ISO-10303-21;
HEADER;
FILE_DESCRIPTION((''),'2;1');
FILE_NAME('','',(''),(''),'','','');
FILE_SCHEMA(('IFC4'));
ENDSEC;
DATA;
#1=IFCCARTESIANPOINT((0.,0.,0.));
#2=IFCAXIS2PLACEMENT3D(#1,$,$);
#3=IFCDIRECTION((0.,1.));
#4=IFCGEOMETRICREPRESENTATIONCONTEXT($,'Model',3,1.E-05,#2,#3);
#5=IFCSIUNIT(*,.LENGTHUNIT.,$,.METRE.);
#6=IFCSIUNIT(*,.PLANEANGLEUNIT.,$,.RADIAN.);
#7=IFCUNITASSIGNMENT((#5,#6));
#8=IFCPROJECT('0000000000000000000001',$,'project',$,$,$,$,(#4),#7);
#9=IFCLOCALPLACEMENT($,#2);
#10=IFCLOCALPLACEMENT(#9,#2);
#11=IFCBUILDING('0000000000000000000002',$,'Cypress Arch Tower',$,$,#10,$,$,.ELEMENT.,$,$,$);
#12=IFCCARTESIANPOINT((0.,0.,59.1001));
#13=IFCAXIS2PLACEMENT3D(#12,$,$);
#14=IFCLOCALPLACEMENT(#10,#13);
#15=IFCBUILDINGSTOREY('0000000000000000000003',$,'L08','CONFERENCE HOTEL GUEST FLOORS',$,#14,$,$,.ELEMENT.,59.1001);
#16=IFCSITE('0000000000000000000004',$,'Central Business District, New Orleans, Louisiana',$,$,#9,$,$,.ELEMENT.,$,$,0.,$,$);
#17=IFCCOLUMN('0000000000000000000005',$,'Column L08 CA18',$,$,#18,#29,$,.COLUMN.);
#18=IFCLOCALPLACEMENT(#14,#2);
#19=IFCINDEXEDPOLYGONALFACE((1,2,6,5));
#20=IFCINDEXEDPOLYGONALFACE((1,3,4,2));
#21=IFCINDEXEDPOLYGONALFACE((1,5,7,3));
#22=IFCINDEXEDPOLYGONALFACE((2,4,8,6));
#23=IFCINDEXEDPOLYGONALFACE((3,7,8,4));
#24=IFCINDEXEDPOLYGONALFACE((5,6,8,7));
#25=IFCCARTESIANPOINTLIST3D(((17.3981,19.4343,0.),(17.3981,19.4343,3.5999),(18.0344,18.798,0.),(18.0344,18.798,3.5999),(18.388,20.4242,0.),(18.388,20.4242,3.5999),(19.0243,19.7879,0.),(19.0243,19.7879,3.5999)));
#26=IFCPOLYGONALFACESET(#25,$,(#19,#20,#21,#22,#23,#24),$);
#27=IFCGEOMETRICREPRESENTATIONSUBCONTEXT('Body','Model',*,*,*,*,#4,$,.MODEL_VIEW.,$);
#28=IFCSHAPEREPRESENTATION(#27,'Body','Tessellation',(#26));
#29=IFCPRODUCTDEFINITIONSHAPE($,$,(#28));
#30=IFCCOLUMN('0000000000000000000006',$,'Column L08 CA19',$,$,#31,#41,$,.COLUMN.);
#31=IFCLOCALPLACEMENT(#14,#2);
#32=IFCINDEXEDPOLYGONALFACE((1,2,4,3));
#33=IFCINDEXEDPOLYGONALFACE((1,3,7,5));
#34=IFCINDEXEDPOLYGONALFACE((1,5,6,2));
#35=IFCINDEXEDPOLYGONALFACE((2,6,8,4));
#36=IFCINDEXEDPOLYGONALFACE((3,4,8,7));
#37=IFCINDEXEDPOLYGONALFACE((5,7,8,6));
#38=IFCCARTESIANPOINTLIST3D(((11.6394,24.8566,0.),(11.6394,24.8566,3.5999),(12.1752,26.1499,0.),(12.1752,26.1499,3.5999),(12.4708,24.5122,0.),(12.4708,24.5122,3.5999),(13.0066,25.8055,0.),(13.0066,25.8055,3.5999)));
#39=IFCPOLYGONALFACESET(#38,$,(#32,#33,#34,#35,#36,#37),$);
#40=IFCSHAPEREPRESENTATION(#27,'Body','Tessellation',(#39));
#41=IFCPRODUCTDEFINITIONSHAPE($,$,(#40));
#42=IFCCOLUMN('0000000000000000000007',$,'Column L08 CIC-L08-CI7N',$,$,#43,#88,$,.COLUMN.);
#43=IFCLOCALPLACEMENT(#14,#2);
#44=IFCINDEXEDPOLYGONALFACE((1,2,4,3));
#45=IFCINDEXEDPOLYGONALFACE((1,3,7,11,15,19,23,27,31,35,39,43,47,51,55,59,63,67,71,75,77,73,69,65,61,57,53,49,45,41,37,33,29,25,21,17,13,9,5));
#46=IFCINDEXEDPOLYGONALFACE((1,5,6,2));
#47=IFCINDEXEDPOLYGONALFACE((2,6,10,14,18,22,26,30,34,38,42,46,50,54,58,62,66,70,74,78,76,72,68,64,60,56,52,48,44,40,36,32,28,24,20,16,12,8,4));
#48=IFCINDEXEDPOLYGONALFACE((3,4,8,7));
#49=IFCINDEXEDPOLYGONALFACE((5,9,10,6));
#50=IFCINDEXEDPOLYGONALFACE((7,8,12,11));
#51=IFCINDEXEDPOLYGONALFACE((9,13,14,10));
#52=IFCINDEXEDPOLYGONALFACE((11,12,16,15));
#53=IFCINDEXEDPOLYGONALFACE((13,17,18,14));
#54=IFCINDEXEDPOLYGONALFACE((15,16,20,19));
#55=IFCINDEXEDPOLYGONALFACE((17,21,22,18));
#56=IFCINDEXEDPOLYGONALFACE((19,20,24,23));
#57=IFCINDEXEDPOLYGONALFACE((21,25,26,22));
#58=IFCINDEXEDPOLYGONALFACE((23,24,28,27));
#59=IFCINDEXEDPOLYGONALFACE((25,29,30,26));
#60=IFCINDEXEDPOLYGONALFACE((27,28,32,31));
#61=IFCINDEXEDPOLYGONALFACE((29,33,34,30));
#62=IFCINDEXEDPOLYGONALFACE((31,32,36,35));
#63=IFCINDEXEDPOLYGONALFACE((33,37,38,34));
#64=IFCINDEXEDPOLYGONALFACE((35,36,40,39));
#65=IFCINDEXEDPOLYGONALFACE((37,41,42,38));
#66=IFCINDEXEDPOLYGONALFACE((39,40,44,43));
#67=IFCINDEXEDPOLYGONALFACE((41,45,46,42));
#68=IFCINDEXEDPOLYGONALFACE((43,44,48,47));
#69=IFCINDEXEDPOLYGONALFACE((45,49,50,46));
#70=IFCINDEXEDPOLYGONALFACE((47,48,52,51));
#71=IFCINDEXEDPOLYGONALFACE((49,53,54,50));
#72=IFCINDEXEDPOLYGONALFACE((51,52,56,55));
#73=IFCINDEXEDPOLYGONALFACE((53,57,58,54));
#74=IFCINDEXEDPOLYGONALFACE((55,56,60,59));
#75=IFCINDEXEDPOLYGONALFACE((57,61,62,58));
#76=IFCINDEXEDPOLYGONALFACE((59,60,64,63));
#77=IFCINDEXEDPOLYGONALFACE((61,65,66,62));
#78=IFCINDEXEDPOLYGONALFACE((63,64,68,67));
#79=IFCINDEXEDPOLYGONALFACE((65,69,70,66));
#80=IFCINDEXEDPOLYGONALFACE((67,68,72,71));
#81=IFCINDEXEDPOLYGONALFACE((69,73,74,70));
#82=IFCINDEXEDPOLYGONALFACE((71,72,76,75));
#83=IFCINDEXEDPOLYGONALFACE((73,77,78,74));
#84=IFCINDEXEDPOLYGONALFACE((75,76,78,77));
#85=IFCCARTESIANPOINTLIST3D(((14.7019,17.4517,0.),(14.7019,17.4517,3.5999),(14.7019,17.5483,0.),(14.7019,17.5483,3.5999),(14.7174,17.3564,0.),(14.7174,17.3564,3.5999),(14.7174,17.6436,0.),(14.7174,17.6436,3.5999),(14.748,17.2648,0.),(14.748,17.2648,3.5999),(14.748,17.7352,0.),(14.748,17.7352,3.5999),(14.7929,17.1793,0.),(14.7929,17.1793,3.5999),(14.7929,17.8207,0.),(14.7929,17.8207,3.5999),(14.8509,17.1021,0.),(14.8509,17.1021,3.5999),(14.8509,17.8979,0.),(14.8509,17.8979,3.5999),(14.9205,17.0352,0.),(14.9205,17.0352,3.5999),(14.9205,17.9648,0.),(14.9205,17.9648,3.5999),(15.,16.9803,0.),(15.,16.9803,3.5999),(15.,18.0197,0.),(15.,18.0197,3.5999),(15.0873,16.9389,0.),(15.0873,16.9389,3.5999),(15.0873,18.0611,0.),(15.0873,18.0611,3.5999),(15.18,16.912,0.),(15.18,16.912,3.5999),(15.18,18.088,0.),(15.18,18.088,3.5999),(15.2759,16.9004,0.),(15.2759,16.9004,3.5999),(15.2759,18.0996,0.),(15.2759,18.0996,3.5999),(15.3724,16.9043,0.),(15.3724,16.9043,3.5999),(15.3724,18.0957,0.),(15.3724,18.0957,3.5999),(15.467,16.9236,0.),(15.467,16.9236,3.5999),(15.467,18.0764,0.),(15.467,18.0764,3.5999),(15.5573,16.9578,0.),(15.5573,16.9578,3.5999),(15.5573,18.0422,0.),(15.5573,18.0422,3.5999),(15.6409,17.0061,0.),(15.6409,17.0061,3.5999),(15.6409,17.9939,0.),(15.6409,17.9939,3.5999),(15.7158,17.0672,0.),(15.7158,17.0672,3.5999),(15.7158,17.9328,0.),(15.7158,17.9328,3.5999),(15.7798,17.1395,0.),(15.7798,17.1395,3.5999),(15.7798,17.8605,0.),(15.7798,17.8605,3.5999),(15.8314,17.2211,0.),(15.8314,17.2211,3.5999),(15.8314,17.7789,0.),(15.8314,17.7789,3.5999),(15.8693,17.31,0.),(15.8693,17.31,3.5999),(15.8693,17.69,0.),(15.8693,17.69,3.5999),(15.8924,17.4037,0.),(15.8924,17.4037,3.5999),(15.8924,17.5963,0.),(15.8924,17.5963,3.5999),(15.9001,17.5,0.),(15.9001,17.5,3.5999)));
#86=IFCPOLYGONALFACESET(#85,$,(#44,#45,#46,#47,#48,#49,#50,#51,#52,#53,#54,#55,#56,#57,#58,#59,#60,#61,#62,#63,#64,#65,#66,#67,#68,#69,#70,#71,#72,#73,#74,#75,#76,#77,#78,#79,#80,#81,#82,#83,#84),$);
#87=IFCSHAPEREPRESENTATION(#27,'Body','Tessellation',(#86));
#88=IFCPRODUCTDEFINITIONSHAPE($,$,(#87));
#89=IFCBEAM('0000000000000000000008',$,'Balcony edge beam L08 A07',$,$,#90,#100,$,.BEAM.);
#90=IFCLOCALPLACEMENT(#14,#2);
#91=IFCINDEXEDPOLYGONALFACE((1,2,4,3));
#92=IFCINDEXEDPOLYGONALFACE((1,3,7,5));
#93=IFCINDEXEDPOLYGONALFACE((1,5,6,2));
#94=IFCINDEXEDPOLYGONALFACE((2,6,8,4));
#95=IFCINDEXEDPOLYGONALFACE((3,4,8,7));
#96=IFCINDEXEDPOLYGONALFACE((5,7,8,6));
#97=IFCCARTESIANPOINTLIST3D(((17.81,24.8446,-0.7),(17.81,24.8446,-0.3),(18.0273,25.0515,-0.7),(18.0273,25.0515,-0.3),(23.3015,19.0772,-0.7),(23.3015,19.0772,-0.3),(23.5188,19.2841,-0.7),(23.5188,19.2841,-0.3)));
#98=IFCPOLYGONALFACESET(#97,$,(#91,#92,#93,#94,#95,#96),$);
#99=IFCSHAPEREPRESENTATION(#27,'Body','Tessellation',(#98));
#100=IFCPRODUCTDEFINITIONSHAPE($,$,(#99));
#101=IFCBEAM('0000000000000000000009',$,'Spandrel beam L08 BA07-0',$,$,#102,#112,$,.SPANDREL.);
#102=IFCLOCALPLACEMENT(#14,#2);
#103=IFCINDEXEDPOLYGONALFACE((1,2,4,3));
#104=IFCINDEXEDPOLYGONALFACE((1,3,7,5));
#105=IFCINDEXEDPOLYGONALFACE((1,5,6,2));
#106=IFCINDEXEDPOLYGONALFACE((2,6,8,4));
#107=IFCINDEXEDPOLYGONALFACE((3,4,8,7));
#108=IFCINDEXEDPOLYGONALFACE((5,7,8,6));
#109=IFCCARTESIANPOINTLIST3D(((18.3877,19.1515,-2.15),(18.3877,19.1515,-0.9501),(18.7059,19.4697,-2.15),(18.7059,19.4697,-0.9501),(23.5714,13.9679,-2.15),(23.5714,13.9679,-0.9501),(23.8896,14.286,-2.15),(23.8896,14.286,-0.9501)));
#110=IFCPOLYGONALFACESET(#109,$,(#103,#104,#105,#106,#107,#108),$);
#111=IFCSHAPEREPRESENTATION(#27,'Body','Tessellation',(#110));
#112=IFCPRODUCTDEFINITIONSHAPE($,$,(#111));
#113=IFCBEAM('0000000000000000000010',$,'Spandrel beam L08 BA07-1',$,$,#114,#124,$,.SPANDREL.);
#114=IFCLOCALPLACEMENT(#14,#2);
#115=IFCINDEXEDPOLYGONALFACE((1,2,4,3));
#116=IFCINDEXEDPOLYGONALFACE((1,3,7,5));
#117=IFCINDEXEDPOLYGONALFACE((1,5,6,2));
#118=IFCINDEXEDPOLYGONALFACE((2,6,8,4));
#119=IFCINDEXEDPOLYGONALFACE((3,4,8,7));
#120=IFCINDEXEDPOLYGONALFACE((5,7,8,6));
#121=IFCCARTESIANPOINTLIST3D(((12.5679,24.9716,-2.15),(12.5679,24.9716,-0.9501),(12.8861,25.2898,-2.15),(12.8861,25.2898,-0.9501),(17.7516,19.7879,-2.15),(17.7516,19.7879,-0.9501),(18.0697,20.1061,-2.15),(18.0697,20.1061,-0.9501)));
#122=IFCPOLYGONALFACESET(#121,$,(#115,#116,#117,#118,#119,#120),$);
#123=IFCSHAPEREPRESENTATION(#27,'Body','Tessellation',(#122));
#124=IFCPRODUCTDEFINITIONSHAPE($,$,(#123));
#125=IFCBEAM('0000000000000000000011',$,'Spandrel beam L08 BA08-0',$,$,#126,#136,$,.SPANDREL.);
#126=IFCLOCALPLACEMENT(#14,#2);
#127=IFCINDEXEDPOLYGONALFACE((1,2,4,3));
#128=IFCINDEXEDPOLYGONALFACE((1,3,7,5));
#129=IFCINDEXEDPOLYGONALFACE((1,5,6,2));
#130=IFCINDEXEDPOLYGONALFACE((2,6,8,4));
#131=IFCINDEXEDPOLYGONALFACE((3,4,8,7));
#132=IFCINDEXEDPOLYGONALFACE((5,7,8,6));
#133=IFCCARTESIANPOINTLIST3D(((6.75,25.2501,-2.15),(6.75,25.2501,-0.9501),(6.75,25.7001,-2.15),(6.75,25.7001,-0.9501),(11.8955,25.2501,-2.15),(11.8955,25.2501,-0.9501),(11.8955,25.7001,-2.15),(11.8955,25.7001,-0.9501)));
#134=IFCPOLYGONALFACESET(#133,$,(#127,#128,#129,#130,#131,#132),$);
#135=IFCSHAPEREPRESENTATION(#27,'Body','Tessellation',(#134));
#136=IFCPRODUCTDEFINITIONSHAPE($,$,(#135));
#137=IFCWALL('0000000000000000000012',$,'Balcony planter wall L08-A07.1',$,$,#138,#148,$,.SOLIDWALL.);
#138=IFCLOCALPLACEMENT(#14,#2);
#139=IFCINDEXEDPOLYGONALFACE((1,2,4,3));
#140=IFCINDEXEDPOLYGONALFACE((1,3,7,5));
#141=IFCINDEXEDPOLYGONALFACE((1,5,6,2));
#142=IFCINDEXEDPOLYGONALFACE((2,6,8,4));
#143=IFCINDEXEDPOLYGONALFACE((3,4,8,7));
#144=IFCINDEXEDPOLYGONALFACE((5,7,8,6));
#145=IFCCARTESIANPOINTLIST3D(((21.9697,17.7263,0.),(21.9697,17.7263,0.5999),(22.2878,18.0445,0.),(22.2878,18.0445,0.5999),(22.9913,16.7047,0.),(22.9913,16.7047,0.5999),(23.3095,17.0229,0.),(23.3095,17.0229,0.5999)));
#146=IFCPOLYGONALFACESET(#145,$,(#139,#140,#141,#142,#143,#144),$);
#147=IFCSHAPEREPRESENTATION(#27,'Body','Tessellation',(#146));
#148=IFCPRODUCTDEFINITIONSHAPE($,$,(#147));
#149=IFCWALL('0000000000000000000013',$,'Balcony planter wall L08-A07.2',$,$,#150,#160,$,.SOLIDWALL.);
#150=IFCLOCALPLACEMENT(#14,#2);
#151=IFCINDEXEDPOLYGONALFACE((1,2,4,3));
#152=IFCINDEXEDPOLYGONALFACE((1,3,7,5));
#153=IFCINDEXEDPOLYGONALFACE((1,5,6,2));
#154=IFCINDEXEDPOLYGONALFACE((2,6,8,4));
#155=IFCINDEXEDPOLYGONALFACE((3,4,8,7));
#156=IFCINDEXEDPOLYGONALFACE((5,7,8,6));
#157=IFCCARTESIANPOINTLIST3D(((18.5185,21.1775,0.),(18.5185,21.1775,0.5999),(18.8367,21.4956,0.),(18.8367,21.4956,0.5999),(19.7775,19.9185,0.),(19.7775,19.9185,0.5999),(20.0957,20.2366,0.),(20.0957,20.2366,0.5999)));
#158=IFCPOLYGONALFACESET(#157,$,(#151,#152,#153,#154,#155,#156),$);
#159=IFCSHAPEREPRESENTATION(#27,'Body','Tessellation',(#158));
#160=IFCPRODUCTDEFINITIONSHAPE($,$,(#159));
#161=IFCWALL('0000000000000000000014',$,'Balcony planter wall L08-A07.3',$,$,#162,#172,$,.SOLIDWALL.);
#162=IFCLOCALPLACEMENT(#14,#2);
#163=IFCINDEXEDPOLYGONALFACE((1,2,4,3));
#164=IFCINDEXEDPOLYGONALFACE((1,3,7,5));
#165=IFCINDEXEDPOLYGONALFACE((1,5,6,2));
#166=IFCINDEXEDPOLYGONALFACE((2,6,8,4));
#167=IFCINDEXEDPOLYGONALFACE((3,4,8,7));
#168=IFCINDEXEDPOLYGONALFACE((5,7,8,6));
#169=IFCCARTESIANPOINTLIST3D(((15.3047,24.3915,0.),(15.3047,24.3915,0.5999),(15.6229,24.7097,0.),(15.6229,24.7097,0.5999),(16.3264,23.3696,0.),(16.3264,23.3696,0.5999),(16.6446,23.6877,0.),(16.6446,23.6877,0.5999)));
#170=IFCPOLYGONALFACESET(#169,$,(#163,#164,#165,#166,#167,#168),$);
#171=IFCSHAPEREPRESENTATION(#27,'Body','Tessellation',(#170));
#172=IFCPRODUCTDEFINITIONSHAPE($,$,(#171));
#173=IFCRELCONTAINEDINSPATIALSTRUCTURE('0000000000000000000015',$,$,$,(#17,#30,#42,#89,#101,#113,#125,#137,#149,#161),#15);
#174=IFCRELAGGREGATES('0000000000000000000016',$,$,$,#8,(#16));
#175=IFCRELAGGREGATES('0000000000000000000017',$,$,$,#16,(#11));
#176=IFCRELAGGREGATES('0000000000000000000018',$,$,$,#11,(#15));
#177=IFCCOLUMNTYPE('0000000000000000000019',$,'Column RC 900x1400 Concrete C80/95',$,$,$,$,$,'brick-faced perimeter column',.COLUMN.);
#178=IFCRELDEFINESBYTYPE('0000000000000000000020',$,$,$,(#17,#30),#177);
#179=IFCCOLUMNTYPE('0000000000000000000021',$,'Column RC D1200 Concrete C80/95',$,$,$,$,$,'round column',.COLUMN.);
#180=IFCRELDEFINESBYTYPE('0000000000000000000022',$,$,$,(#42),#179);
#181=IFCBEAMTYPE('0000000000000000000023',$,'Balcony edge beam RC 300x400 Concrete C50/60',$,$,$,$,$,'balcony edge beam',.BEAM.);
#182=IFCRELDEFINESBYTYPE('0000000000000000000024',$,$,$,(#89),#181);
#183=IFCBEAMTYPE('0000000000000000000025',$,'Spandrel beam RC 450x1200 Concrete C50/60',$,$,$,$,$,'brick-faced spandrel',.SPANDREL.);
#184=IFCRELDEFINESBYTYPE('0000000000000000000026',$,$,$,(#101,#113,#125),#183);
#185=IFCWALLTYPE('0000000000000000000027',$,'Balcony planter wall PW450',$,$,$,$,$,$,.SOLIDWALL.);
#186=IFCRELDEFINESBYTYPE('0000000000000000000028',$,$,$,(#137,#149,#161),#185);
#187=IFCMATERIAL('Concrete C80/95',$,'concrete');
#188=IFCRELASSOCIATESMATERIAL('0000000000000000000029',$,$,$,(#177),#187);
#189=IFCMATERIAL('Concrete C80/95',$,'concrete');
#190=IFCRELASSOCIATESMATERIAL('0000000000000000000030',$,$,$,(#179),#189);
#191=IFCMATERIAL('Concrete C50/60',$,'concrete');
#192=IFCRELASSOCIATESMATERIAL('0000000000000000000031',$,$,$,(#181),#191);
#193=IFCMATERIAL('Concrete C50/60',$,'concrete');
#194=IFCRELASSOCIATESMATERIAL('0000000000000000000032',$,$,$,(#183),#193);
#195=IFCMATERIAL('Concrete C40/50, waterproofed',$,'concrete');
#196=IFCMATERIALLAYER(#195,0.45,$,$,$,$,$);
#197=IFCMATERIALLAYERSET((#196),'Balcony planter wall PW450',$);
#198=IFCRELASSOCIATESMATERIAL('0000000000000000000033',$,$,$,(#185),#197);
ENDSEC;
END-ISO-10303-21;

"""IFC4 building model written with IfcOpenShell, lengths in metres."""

from ifc_helpers import new_model, si_unit, direction, frame, frame_2d, origin, origin_2d, place, context, subcontext, project, spatial, rectangle, circle, extrude, material, layer, layer_set, material_profile, profile_set, type_object, element, save


model = new_model("IFC4")

# Units and contexts
model_context = context("Model", 3, precision=1e-05, world=origin(), true_north=direction((0.0, 1.0)))
body_context = subcontext(model_context, "Body", "Model", "MODEL_VIEW")
ifc_project = project(units=[si_unit("LENGTHUNIT", "METRE"), si_unit("PLANEANGLEUNIT", "RADIAN")], contexts=[model_context])

# Site, building, storey
site_placement = place(None, origin())
site = spatial("IfcSite", under=ifc_project, at=site_placement, Name="Central Business District, New Orleans, Louisiana", CompositionType="ELEMENT", RefElevation=0.0)
building_placement = place(site_placement, origin())
building = spatial("IfcBuilding", under=site, at=building_placement, Name="Cypress Arch Tower", CompositionType="ELEMENT")
storey_placement = place(building_placement, frame((0.0, 0.0, 59.1001)))
storey = spatial("IfcBuildingStorey", under=building, at=storey_placement, Name="L08", Description="CONFERENCE HOTEL GUEST FLOORS", CompositionType="ELEMENT", Elevation=59.1001)

# Columns
ifc_material_1 = material(Name="Concrete C80/95", Category="concrete")
ifc_material_profile_1 = material_profile(ifc_material_1, rectangle(XDim=0.8999, YDim=1.3999, at=origin_2d()), Name="RC 900x1400")
ifc_profile_set_1 = profile_set([ifc_material_profile_1], Name="Concrete C80/95")
column_type_1 = type_object("IfcColumnType", Name="Column RC 900x1400 Concrete C80/95", ElementType="brick-faced perimeter column", PredefinedType="COLUMN", material=ifc_profile_set_1)
for number, where, z_axis, x_axis, name in (
    (1, (18.2112, 19.6111, 0.0), (0.0, 0.0, 1.0), (-0.707107, 0.707107, 0.0), "Column L08 CA18"),
    (2, (12.323, 25.3311, 0.0), (0.0, 0.0, 1.0), (-0.92388, 0.382683, 0.0), "Column L08 CA19"),
):
    element("IfcColumn", number, at=place(storey_placement, frame(where, z_axis=z_axis, x_axis=x_axis)), inside=storey, type_object=column_type_1, Name=name, PredefinedType="COLUMN", context=body_context, shape_type="SweptSolid", body=[
        extrude(rectangle(XDim=0.8999, YDim=1.3999, at=origin_2d()), origin(), (0.0, 0.0, 1.0), 3.5999),
    ])
ifc_material_2 = material(Name="Concrete C80/95", Category="concrete")
ifc_material_profile_2 = material_profile(ifc_material_2, circle(Radius=0.6001, at=origin_2d()), Name="RC D1200")
ifc_profile_set_2 = profile_set([ifc_material_profile_2], Name="Concrete C80/95")
column_type_2 = type_object("IfcColumnType", Name="Column RC D1200 Concrete C80/95", ElementType="round column", PredefinedType="COLUMN", material=ifc_profile_set_2)
column_placement = place(storey_placement, frame((15.3, 17.5, 0.0), z_axis=(0.0, 0.0, 1.0), x_axis=(1.0, 0.0, 0.0)))
element("IfcColumn", 3, at=column_placement, inside=storey, type_object=column_type_2, Name="Column L08 CIC-L08-CI7N", PredefinedType="COLUMN", context=body_context, shape_type="SweptSolid", body=[
    extrude(circle(Radius=0.6001, at=origin_2d()), origin(), (0.0, 0.0, 1.0), 3.5999),
])

# Beams
ifc_material_3 = material(Name="Concrete C50/60", Category="concrete")
ifc_material_profile_3 = material_profile(ifc_material_3, rectangle(XDim=0.3, YDim=0.3999, at=origin_2d()), Name="RC 300x400")
ifc_profile_set_3 = profile_set([ifc_material_profile_3], Name="Concrete C50/60")
beam_type_1 = type_object("IfcBeamType", Name="Balcony edge beam RC 300x400 Concrete C50/60", ElementType="balcony edge beam", PredefinedType="BEAM", material=ifc_profile_set_3)
beam_1_placement = place(storey_placement, frame((23.4102, 19.1807, -0.5), z_axis=(-0.689573, 0.724216, 0.0), x_axis=(-0.724216, -0.689573, 0.0)))
element("IfcBeam", 4, at=beam_1_placement, inside=storey, type_object=beam_type_1, Name="Balcony edge beam L08 A07", PredefinedType="BEAM", context=body_context, shape_type="SweptSolid", body=[
    extrude(rectangle(XDim=0.3, YDim=0.3999, at=origin_2d()), origin(), (0.0, 0.0, 1.0), 7.9636),
])
ifc_material_4 = material(Name="Concrete C50/60", Category="concrete")
ifc_material_profile_4 = material_profile(ifc_material_4, rectangle(XDim=0.45, YDim=1.2, at=origin_2d()), Name="RC 450x1200")
ifc_profile_set_4 = profile_set([ifc_material_profile_4], Name="Concrete C50/60")
beam_type_2 = type_object("IfcBeamType", Name="Spandrel beam RC 450x1200 Concrete C50/60", ElementType="brick-faced spandrel", PredefinedType="SPANDREL", material=ifc_profile_set_4)
for number, where, z_axis, x_axis, name in (
    (5, (23.7305, 14.127, -1.55), (-0.707107, 0.707107, 0.0), (-0.707107, -0.707107, 0.0), "Spandrel beam L08 BA07-0"),
    (6, (17.9106, 19.947, -1.55), (-0.707107, 0.707107, 0.0), (-0.707107, -0.707107, 0.0), "Spandrel beam L08 BA07-1"),
):
    element("IfcBeam", number, at=place(storey_placement, frame(where, z_axis=z_axis, x_axis=x_axis)), inside=storey, type_object=beam_type_2, Name=name, PredefinedType="SPANDREL", context=body_context, shape_type="SweptSolid", body=[
        extrude(rectangle(XDim=0.45, YDim=1.2, at=origin_2d()), origin(), (0.0, 0.0, 1.0), 7.3308),
    ])
beam_2_placement = place(storey_placement, frame((11.8955, 25.4751, -1.55), z_axis=(-1.0, 0.0, 0.0), x_axis=(0.0, -1.0, 0.0)))
element("IfcBeam", 7, at=beam_2_placement, inside=storey, type_object=beam_type_2, Name="Spandrel beam L08 BA08-0", PredefinedType="SPANDREL", context=body_context, shape_type="SweptSolid", body=[
    extrude(rectangle(XDim=0.45, YDim=1.2, at=origin_2d()), origin(), (0.0, 0.0, 1.0), 5.1455),
])

# Walls
ifc_material_5 = material(Name="Concrete C40/50, waterproofed", Category="concrete")
ifc_layer_1 = layer(ifc_material_5, 0.45)
ifc_layer_set_1 = layer_set([ifc_layer_1], Name="Balcony planter wall PW450")
wall_type_1 = type_object("IfcWallType", Name="Balcony planter wall PW450", PredefinedType="SOLIDWALL", material=ifc_layer_set_1)
wall_1_placement = place(storey_placement, frame((23.1504, 16.8638, 0.0), z_axis=(0.0, 0.0, 1.0), x_axis=(-0.707107, 0.707107, 0.0)))
element("IfcWall", 8, at=wall_1_placement, inside=storey, type_object=wall_type_1, Name="Balcony planter wall L08-A07.1", PredefinedType="SOLIDWALL", context=body_context, shape_type="SweptSolid", body=[
    extrude(rectangle(XDim=1.4448, YDim=0.45, at=frame_2d((0.7224, 0.0))), origin(), (0.0, 0.0, 1.0), 0.5999),
])
wall_2_placement = place(storey_placement, frame((19.9365, 20.0776, 0.0), z_axis=(0.0, 0.0, 1.0), x_axis=(-0.707107, 0.707107, 0.0)))
element("IfcWall", 9, at=wall_2_placement, inside=storey, type_object=wall_type_1, Name="Balcony planter wall L08-A07.2", PredefinedType="SOLIDWALL", context=body_context, shape_type="SweptSolid", body=[
    extrude(rectangle(XDim=1.7805, YDim=0.45, at=frame_2d((0.8901, 0.0))), origin(), (0.0, 0.0, 1.0), 0.5999),
])
wall_3_placement = place(storey_placement, frame((16.4856, 23.5286, 0.0), z_axis=(0.0, 0.0, 1.0), x_axis=(-0.707022, 0.707191, 0.0)))
element("IfcWall", 10, at=wall_3_placement, inside=storey, type_object=wall_type_1, Name="Balcony planter wall L08-A07.3", PredefinedType="SOLIDWALL", context=body_context, shape_type="SweptSolid", body=[
    extrude(rectangle(XDim=1.4451, YDim=0.45, at=frame_2d((0.7227, 0.0))), origin(), (0.0, 0.0, 1.0), 0.5999),
])

save(model, "model.ifc")
